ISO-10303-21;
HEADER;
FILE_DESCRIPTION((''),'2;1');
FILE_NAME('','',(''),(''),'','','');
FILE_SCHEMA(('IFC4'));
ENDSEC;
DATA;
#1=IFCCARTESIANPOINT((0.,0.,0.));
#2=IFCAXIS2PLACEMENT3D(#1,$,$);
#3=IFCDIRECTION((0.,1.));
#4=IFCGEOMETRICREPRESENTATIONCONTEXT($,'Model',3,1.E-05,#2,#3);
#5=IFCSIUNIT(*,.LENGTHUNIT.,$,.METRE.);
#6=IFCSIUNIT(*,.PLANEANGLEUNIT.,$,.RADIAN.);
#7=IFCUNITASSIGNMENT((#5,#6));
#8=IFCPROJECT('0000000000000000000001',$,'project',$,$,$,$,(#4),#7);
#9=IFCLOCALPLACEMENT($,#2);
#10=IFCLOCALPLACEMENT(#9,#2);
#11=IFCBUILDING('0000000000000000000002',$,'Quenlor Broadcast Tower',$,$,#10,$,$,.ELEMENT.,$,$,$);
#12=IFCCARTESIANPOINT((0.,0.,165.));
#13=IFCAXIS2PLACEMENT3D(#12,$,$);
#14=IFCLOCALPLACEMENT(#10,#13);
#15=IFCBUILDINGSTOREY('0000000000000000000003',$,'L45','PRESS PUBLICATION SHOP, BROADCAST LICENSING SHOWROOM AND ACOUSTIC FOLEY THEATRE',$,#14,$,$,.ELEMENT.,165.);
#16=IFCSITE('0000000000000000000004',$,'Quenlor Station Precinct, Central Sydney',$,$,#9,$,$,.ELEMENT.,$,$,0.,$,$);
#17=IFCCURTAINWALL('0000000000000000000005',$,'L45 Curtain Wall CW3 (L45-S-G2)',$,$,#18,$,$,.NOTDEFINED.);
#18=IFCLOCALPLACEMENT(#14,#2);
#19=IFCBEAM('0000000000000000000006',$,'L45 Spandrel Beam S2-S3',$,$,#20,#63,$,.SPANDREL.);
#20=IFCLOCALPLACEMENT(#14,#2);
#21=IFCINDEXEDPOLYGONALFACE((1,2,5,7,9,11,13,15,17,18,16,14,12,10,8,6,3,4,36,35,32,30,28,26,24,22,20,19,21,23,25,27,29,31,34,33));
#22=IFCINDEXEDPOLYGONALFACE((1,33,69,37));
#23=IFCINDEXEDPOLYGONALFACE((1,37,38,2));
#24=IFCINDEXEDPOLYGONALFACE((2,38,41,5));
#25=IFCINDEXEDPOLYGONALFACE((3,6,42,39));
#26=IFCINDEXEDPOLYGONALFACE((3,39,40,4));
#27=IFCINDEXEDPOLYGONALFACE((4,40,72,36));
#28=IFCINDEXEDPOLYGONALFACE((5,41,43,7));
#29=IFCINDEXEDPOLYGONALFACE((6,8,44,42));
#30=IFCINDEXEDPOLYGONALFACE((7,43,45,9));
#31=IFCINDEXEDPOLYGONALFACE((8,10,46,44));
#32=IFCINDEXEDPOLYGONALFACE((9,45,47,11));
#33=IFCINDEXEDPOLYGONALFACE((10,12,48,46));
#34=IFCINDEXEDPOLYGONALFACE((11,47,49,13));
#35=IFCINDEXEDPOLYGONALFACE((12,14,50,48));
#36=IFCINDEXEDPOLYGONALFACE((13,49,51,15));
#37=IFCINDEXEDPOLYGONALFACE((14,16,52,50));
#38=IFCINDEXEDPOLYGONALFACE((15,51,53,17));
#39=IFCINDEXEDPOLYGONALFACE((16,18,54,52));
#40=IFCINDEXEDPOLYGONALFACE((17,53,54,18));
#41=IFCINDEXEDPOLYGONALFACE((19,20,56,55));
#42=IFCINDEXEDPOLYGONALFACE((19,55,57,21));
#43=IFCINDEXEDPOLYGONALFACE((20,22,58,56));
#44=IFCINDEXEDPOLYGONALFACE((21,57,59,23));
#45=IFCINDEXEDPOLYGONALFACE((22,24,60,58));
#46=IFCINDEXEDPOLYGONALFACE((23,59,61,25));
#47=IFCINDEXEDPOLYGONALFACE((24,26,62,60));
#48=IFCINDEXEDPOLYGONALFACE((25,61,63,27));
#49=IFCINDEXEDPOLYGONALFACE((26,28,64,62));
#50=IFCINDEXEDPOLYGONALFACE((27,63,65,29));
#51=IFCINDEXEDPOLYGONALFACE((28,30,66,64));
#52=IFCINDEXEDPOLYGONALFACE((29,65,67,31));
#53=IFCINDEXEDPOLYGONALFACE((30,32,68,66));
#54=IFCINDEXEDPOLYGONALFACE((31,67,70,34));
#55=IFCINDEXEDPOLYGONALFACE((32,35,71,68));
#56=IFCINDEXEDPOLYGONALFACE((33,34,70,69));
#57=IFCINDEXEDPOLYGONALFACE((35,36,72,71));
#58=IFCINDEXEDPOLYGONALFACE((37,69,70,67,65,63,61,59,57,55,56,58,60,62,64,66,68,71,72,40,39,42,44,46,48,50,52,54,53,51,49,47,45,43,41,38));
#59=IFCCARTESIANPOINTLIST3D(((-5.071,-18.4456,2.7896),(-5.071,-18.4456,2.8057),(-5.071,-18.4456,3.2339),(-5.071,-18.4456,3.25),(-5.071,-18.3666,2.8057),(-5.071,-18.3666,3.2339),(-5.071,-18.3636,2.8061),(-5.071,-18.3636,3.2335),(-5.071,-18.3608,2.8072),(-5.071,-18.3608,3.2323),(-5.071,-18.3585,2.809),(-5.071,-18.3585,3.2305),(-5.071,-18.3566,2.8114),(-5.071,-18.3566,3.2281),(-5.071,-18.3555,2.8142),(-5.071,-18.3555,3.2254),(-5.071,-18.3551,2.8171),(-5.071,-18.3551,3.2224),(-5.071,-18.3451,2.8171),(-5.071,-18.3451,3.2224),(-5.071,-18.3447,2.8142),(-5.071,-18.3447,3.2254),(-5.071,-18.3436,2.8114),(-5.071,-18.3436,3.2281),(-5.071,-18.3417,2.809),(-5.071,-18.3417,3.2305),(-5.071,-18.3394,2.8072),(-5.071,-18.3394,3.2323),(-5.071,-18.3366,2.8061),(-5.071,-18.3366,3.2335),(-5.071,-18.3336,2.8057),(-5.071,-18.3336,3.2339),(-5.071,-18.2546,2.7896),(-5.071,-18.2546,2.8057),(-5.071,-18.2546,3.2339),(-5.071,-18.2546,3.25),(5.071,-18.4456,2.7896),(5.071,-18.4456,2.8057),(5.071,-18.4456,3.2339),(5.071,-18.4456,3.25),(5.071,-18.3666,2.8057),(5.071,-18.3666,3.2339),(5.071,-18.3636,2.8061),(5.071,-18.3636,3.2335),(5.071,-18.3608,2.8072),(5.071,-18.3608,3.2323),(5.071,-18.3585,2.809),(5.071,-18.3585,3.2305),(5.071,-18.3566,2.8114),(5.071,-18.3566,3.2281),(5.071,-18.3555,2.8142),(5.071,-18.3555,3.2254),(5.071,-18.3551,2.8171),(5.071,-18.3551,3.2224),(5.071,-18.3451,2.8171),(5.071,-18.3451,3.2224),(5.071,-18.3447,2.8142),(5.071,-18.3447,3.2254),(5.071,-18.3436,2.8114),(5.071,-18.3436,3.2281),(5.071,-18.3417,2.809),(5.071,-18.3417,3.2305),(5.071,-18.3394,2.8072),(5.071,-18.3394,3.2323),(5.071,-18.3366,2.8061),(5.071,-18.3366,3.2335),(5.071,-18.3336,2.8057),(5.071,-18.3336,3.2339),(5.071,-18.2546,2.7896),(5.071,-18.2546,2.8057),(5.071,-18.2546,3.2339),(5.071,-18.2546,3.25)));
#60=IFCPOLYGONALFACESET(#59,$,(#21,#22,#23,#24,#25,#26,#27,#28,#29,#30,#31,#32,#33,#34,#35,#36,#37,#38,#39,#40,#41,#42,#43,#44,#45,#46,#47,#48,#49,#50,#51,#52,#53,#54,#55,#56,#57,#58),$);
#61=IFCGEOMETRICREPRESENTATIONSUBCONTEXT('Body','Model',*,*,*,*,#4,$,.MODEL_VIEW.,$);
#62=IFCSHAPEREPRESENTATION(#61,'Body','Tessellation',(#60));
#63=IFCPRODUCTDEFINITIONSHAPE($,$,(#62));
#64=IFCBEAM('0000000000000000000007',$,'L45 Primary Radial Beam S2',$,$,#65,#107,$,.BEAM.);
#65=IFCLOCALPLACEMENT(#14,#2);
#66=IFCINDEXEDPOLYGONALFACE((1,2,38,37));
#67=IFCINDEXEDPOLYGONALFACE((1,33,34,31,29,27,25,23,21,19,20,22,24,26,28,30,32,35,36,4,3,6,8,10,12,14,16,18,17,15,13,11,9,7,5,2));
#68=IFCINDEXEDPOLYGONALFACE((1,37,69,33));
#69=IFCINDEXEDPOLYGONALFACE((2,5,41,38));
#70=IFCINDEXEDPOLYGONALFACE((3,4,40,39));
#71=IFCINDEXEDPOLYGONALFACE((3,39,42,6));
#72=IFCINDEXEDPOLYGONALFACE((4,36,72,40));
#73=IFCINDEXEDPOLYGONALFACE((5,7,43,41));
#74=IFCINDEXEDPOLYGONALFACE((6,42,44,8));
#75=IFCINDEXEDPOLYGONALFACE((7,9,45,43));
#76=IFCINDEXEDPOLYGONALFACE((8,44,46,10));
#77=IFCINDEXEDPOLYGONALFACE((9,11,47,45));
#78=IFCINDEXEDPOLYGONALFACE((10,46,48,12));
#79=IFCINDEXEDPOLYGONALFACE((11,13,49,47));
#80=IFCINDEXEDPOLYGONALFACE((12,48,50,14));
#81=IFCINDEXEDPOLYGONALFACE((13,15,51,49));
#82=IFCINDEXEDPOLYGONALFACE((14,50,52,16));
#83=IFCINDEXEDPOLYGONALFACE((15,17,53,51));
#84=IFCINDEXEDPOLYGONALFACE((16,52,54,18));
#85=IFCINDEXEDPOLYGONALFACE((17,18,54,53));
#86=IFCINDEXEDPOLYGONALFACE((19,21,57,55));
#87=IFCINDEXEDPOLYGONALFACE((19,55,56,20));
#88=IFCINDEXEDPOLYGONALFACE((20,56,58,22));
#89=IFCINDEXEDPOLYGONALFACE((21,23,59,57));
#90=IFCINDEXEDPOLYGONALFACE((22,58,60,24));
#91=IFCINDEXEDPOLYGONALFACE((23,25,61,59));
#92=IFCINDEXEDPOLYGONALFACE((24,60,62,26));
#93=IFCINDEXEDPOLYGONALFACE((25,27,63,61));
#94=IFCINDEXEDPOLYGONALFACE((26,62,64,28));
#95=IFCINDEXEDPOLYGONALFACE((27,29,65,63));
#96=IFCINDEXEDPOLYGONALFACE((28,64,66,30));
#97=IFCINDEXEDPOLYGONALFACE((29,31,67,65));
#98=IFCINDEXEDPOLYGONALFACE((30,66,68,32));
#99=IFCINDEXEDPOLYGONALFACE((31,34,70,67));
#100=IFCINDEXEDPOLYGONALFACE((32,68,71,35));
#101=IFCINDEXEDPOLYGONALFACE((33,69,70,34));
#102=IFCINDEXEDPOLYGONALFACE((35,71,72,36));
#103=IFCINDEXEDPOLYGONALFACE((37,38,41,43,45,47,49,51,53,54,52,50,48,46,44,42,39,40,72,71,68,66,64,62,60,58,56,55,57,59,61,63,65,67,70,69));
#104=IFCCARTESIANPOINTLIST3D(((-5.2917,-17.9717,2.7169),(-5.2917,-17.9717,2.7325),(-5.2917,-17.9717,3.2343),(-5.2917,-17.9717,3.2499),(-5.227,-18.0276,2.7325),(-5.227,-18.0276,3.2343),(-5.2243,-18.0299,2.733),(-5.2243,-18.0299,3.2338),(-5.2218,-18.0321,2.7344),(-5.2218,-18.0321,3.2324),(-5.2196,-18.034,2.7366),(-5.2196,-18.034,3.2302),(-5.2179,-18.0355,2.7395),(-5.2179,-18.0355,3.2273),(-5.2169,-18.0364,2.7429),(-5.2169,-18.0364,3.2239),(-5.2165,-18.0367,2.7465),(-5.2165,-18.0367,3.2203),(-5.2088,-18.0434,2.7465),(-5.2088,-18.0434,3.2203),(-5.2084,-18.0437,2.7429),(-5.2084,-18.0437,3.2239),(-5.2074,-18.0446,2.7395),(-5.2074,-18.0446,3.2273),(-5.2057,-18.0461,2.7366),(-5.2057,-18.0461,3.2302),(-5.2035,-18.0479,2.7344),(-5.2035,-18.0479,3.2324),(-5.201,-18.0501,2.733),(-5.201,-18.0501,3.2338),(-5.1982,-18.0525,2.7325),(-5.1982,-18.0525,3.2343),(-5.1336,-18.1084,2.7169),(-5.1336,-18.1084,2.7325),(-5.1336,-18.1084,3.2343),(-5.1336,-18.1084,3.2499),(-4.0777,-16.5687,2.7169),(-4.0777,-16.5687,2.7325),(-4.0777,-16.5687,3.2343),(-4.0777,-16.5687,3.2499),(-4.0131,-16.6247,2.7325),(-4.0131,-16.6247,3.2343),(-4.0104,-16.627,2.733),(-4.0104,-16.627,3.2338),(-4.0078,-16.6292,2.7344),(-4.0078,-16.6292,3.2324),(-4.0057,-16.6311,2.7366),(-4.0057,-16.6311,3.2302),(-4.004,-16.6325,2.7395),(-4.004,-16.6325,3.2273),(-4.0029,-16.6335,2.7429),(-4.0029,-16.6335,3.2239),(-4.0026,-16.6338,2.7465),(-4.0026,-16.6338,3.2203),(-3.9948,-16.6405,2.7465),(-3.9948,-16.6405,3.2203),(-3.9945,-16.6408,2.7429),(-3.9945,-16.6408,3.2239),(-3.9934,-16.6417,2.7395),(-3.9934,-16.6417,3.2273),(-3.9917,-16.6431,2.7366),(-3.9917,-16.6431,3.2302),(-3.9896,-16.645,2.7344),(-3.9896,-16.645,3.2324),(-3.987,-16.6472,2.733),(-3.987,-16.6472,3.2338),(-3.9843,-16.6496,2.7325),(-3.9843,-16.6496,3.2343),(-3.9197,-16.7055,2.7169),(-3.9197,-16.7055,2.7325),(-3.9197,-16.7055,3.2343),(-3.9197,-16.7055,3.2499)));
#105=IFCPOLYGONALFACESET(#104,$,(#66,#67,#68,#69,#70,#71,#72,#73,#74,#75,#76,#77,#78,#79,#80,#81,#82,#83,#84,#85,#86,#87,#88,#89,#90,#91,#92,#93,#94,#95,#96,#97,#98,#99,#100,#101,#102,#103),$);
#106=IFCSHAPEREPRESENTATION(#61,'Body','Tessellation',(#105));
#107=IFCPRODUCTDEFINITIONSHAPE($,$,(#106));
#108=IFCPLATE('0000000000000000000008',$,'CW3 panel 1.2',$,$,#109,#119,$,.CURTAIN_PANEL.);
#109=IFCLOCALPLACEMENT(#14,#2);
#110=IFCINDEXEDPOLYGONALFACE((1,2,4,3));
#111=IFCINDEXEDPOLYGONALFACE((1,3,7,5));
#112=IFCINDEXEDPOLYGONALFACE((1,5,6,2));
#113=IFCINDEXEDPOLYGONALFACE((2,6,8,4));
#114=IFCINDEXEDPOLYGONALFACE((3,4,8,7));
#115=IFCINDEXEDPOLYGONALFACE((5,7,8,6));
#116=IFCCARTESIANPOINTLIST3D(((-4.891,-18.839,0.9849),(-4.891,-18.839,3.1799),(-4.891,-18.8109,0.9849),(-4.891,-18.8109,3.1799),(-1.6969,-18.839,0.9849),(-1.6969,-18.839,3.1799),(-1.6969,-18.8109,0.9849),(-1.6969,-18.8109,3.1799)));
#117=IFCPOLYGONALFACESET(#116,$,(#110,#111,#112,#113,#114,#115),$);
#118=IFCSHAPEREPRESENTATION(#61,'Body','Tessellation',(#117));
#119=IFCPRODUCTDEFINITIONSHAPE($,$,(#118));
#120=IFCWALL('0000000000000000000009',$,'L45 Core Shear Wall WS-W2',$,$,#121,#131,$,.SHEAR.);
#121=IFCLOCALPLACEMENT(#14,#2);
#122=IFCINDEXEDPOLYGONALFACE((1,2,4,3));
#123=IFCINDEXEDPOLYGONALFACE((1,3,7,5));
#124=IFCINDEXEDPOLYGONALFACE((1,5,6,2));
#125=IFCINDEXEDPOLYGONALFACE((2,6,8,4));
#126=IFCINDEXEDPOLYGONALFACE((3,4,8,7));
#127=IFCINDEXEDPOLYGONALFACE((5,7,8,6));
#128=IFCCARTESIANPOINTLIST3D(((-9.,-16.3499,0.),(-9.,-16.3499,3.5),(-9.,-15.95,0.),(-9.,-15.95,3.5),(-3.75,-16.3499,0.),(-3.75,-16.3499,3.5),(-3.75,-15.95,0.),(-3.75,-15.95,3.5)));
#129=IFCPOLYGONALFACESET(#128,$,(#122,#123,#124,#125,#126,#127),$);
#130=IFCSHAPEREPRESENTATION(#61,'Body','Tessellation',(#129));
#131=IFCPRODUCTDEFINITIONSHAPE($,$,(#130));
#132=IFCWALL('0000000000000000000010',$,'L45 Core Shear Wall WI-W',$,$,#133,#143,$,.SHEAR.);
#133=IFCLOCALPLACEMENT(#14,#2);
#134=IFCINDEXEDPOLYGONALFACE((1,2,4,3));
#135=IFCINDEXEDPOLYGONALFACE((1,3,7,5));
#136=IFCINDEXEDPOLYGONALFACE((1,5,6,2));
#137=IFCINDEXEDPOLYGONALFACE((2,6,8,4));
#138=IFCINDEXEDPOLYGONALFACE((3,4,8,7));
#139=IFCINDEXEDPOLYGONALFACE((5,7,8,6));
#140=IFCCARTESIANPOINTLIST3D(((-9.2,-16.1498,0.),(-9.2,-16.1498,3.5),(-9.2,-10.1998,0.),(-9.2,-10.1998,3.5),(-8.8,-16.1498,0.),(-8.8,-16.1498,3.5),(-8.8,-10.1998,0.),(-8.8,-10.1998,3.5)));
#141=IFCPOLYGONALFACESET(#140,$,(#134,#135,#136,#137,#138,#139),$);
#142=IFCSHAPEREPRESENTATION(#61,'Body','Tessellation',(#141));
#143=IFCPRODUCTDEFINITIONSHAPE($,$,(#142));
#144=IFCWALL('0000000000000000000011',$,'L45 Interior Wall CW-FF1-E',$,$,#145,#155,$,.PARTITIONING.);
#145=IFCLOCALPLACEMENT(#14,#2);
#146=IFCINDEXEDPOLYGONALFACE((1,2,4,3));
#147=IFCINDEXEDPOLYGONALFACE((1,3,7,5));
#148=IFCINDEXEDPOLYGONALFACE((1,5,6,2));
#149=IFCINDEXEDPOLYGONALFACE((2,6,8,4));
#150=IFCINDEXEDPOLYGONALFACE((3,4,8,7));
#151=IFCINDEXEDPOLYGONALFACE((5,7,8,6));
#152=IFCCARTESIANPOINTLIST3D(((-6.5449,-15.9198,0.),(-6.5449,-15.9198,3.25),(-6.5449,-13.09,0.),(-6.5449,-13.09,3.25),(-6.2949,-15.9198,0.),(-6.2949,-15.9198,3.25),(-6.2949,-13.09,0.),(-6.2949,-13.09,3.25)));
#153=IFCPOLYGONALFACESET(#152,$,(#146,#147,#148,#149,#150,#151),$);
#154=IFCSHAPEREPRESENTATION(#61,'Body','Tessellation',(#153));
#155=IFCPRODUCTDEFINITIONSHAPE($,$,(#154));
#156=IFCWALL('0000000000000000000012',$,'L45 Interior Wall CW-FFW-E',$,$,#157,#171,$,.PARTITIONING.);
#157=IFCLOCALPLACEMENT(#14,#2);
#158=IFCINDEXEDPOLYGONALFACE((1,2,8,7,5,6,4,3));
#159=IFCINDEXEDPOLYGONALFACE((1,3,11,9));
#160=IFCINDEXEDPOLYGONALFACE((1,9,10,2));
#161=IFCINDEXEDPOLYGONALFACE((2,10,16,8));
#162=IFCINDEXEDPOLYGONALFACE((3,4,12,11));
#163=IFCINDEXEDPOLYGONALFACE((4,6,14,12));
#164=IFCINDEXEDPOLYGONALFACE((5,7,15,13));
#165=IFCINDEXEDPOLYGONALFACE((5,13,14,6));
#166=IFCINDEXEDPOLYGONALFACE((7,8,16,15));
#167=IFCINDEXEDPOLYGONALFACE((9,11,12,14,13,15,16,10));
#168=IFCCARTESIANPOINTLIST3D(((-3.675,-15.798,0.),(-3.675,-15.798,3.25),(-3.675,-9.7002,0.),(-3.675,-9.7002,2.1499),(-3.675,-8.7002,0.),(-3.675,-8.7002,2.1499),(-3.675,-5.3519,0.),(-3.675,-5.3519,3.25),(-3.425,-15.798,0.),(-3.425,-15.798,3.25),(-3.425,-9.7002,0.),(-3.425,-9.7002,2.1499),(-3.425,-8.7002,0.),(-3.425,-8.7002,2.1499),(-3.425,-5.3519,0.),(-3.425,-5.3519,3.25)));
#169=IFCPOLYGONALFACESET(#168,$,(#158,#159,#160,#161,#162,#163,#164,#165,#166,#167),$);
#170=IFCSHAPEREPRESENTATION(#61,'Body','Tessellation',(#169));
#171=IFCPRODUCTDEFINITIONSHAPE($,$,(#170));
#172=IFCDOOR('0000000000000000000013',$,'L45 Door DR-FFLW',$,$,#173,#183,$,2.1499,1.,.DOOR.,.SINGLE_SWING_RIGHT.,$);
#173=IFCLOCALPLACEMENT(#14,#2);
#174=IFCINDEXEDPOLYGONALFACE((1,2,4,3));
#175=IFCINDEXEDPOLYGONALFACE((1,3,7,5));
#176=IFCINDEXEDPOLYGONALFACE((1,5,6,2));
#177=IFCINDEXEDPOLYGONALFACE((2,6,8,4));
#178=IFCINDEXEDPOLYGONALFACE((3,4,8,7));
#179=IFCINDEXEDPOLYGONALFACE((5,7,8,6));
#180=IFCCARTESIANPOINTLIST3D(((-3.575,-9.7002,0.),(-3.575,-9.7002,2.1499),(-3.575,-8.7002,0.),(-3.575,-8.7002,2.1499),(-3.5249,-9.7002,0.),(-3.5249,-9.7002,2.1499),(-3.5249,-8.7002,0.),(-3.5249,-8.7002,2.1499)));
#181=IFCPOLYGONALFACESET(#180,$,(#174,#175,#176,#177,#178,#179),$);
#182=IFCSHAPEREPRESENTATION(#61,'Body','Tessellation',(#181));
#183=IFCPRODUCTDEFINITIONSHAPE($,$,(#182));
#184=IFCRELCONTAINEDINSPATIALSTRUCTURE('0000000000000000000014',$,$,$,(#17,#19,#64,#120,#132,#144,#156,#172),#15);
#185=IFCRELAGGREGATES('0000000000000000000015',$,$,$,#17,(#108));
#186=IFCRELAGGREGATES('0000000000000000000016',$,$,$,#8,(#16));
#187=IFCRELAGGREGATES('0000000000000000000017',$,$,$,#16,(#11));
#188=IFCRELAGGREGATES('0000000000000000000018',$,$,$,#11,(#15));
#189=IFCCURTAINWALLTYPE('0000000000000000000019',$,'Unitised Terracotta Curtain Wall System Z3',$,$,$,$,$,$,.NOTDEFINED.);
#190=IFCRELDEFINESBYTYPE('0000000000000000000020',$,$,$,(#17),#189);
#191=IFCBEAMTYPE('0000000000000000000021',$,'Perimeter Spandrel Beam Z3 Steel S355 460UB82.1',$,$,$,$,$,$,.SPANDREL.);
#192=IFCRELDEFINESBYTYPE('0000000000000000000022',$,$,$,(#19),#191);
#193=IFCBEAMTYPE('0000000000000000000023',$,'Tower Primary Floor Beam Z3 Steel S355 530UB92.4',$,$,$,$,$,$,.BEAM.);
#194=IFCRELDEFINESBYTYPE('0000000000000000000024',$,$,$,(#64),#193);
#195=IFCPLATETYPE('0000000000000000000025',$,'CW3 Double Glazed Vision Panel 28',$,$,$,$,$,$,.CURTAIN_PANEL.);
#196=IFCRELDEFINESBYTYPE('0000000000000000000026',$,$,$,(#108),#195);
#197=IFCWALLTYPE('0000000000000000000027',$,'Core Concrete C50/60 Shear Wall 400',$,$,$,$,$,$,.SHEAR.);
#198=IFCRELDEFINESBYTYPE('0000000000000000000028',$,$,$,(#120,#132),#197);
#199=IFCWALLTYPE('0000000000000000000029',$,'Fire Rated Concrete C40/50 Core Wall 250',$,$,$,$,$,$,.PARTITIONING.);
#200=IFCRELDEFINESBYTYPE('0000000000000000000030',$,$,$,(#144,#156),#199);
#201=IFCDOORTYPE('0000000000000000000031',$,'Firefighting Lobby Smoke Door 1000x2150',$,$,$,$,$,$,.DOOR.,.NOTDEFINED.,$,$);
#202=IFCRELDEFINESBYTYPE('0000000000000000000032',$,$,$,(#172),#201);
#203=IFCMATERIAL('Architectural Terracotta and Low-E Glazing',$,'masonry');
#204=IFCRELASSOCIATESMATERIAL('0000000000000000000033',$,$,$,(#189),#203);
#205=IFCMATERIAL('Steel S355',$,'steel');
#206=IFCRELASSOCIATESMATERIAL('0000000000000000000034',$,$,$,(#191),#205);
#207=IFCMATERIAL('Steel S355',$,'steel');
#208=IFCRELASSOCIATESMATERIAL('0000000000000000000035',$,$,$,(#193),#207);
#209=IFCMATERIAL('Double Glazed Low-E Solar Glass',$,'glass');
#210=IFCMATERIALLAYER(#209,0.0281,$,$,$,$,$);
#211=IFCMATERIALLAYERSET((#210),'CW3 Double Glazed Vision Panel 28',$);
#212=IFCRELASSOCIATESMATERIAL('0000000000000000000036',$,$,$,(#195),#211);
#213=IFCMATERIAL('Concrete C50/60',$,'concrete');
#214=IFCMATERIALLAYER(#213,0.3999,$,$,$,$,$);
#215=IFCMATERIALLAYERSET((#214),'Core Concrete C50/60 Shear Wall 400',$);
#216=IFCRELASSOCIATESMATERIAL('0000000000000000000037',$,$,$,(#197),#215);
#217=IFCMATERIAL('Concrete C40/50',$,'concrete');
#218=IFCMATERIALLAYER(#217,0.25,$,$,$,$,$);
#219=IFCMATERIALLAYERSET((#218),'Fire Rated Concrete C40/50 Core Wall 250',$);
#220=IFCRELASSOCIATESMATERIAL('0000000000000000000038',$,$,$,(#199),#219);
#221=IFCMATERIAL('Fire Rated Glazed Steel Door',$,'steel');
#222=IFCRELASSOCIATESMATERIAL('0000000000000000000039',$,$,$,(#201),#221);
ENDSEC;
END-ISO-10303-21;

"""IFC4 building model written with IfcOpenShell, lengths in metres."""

from ifc_helpers import new_model, si_unit, direction, frame, frame_2d, origin, origin_2d, place, context, subcontext, project, spatial, rectangle, i_section, extrude, material, layer, layer_set, material_profile, profile_set, type_object, element, fill, aggregate, save


model = new_model("IFC4")

# Units and contexts
model_context = context("Model", 3, precision=1e-05, world=origin(), true_north=direction((0.0, 1.0)))
body_context = subcontext(model_context, "Body", "Model", "MODEL_VIEW")
ifc_project = project(units=[si_unit("LENGTHUNIT", "METRE"), si_unit("PLANEANGLEUNIT", "RADIAN")], contexts=[model_context])

# Site, building, storey
site_placement = place(None, origin())
site = spatial("IfcSite", under=ifc_project, at=site_placement, Name="Quenlor Station Precinct, Central Sydney", CompositionType="ELEMENT", RefElevation=0.0)
building_placement = place(site_placement, origin())
building = spatial("IfcBuilding", under=site, at=building_placement, Name="Quenlor Broadcast Tower", CompositionType="ELEMENT")
storey_placement = place(building_placement, frame((0.0, 0.0, 165.0)))
storey = spatial("IfcBuildingStorey", under=building, at=storey_placement, Name="L45", Description="PRESS PUBLICATION SHOP, BROADCAST LICENSING SHOWROOM AND ACOUSTIC FOLEY THEATRE", CompositionType="ELEMENT", Elevation=165.0)

# Curtain wall
ifc_material_1 = material(Name="Architectural Terracotta and Low-E Glazing", Category="masonry")
curtain_wall_type = type_object("IfcCurtainWallType", Name="Unitised Terracotta Curtain Wall System Z3", PredefinedType="NOTDEFINED", material=ifc_material_1)
curtain_wall_placement = place(storey_placement, origin())
curtain_wall = element("IfcCurtainWall", 1, at=curtain_wall_placement, inside=storey, type_object=curtain_wall_type, Name="L45 Curtain Wall CW3 (L45-S-G2)", PredefinedType="NOTDEFINED")

# Beams
ifc_material_2 = material(Name="Steel S355", Category="steel")
ifc_material_profile_1 = material_profile(ifc_material_2, i_section(OverallWidth=0.1909, OverallDepth=0.4604, WebThickness=0.01, FlangeThickness=0.0161, FilletRadius=0.0115, at=origin_2d()))
ifc_profile_set_1 = profile_set([ifc_material_profile_1], Name="Steel S355 460UB82.1")
beam_type_1 = type_object("IfcBeamType", Name="Perimeter Spandrel Beam Z3 Steel S355 460UB82.1", PredefinedType="SPANDREL", material=ifc_profile_set_1)
beam_1_placement = place(storey_placement, frame((-5.071, -18.3501, 3.0198), z_axis=(1.0, 0.0, 0.0), x_axis=(0.0, 1.0, 0.0)))
element("IfcBeam", 2, at=beam_1_placement, inside=storey, type_object=beam_type_1, Name="L45 Spandrel Beam S2-S3", PredefinedType="SPANDREL", context=body_context, shape_type="SweptSolid", body=[
    extrude(i_section(OverallWidth=0.1909, OverallDepth=0.4604, WebThickness=0.01, FlangeThickness=0.0161, FilletRadius=0.0115, at=origin_2d()), origin(), (0.0, 0.0, 1.0), 10.1421),
])
ifc_material_3 = material(Name="Steel S355", Category="steel")
ifc_material_profile_2 = material_profile(ifc_material_3, i_section(OverallWidth=0.209, OverallDepth=0.533, WebThickness=0.0103, FlangeThickness=0.0156, FilletRadius=0.0139, at=origin_2d()))
ifc_profile_set_2 = profile_set([ifc_material_profile_2], Name="Steel S355 530UB92.4")
beam_type_2 = type_object("IfcBeamType", Name="Tower Primary Floor Beam Z3 Steel S355 530UB92.4", PredefinedType="BEAM", material=ifc_profile_set_2)
beam_2_placement = place(storey_placement, frame((-5.2126, -18.04, 2.9834), z_axis=(0.654339, 0.756201, 0.0), x_axis=(-0.756201, 0.654339, 0.0)))
element("IfcBeam", 3, at=beam_2_placement, inside=storey, type_object=beam_type_2, Name="L45 Primary Radial Beam S2", PredefinedType="BEAM", context=body_context, shape_type="SweptSolid", body=[
    extrude(i_section(OverallWidth=0.209, OverallDepth=0.533, WebThickness=0.0103, FlangeThickness=0.0156, FilletRadius=0.0139, at=origin_2d()), origin(), (0.0, 0.0, 1.0), 1.8552),
])

# Plate
ifc_material_4 = material(Name="Double Glazed Low-E Solar Glass", Category="glass")
ifc_layer_1 = layer(ifc_material_4, 0.0281)
ifc_layer_set_1 = layer_set([ifc_layer_1], Name="CW3 Double Glazed Vision Panel 28")
plate_type = type_object("IfcPlateType", Name="CW3 Double Glazed Vision Panel 28", PredefinedType="CURTAIN_PANEL", material=ifc_layer_set_1)
plate_placement = place(storey_placement, frame((-3.2939, -18.825, 0.9849), z_axis=(0.0, 0.0, 1.0), x_axis=(-1.0, 0.0, 0.0)))
plate = element("IfcPlate", 4, at=plate_placement, type_object=plate_type, Name="CW3 panel 1.2", PredefinedType="CURTAIN_PANEL", context=body_context, shape_type="SweptSolid", body=[
    extrude(rectangle(XDim=3.1941, YDim=0.0281, at=origin_2d()), origin(), (0.0, 0.0, 1.0), 2.1951),
])
aggregate(curtain_wall, [plate])

# Walls
ifc_material_5 = material(Name="Concrete C50/60", Category="concrete")
ifc_layer_2 = layer(ifc_material_5, 0.3999)
ifc_layer_set_2 = layer_set([ifc_layer_2], Name="Core Concrete C50/60 Shear Wall 400")
wall_type_1 = type_object("IfcWallType", Name="Core Concrete C50/60 Shear Wall 400", PredefinedType="SHEAR", material=ifc_layer_set_2)
wall_1_placement = place(storey_placement, frame((-9.0, -16.1499, 0.0), z_axis=(0.0, 0.0, 1.0), x_axis=(1.0, 0.0, 0.0)))
element("IfcWall", 5, at=wall_1_placement, inside=storey, type_object=wall_type_1, Name="L45 Core Shear Wall WS-W2", PredefinedType="SHEAR", context=body_context, shape_type="SweptSolid", body=[
    extrude(rectangle(XDim=5.25, YDim=0.3999, at=frame_2d((2.625, 0.0))), origin(), (0.0, 0.0, 1.0), 3.5),
])
wall_2_placement = place(storey_placement, frame((-9.0, -16.1499, 0.0), z_axis=(0.0, 0.0, 1.0), x_axis=(0.0, 1.0, 0.0)))
element("IfcWall", 6, at=wall_2_placement, inside=storey, type_object=wall_type_1, Name="L45 Core Shear Wall WI-W", PredefinedType="SHEAR", context=body_context, shape_type="SweptSolid", body=[
    extrude(rectangle(XDim=5.95, YDim=0.3999, at=frame_2d((2.9751, 0.0))), origin(), (0.0, 0.0, 1.0), 3.5),
])
ifc_material_6 = material(Name="Concrete C40/50", Category="concrete")
ifc_layer_3 = layer(ifc_material_6, 0.25)
ifc_layer_set_3 = layer_set([ifc_layer_3], Name="Fire Rated Concrete C40/50 Core Wall 250")
wall_type_2 = type_object("IfcWallType", Name="Fire Rated Concrete C40/50 Core Wall 250", PredefinedType="PARTITIONING", material=ifc_layer_set_3)
wall_3_placement = place(storey_placement, frame((-6.4199, -15.9199, 0.0), z_axis=(0.0, 0.0, 1.0), x_axis=(0.0, 1.0, 0.0)))
element("IfcWall", 7, at=wall_3_placement, inside=storey, type_object=wall_type_2, Name="L45 Interior Wall CW-FF1-E", PredefinedType="PARTITIONING", context=body_context, shape_type="SweptSolid", body=[
    extrude(rectangle(XDim=2.8298, YDim=0.25, at=frame_2d((1.415, 0.0))), origin(), (0.0, 0.0, 1.0), 3.25),
])

# Wall, opening, door
wall_4_placement = place(storey_placement, frame((-3.55, -15.7981, 0.0), z_axis=(0.0, 0.0, 1.0), x_axis=(0.0, 1.0, 0.0)))
wall_4 = element("IfcWall", 8, at=wall_4_placement, inside=storey, type_object=wall_type_2, Name="L45 Interior Wall CW-FFW-E", PredefinedType="PARTITIONING", context=body_context, shape_type="SweptSolid", body=[
    extrude(rectangle(XDim=10.446, YDim=0.25, at=frame_2d((5.2231, 0.0))), origin(), (0.0, 0.0, 1.0), 3.25),
])
opening_placement = place(wall_4_placement, frame((6.0979, 0.0, 0.0)))
opening = element("IfcOpeningElement", 9, at=opening_placement, cuts=wall_4, PredefinedType="OPENING", context=body_context, shape_type="SweptSolid", body=[
    extrude(rectangle(XDim=1.0, YDim=2.1499, at=frame_2d((0.5, 1.075))), frame((0.0, 0.135, 0.0), z_axis=(0.0, -1.0, 0.0), x_axis=(1.0, 0.0, 0.0)), (0.0, 0.0, 1.0), 0.27),
])
ifc_material_7 = material(Name="Fire Rated Glazed Steel Door", Category="steel")
door_type = type_object("IfcDoorType", Name="Firefighting Lobby Smoke Door 1000x2150", OperationType="NOTDEFINED", PredefinedType="DOOR", material=ifc_material_7)
door_placement = place(opening_placement, origin())
door = element("IfcDoor", 10, at=door_placement, inside=storey, type_object=door_type, Name="L45 Door DR-FFLW", OperationType="SINGLE_SWING_RIGHT", OverallHeight=2.1499, OverallWidth=1.0, PredefinedType="DOOR", context=body_context, shape_type="SweptSolid", body=[
    extrude(rectangle(XDim=1.0, YDim=2.1499, at=frame_2d((0.5, 1.075))), frame((0.0, 0.0249, 0.0), z_axis=(0.0, -1.0, 0.0), x_axis=(1.0, 0.0, 0.0)), (0.0, 0.0, 1.0), 0.05),
])
fill(opening, door)

save(model, "model.ifc")
